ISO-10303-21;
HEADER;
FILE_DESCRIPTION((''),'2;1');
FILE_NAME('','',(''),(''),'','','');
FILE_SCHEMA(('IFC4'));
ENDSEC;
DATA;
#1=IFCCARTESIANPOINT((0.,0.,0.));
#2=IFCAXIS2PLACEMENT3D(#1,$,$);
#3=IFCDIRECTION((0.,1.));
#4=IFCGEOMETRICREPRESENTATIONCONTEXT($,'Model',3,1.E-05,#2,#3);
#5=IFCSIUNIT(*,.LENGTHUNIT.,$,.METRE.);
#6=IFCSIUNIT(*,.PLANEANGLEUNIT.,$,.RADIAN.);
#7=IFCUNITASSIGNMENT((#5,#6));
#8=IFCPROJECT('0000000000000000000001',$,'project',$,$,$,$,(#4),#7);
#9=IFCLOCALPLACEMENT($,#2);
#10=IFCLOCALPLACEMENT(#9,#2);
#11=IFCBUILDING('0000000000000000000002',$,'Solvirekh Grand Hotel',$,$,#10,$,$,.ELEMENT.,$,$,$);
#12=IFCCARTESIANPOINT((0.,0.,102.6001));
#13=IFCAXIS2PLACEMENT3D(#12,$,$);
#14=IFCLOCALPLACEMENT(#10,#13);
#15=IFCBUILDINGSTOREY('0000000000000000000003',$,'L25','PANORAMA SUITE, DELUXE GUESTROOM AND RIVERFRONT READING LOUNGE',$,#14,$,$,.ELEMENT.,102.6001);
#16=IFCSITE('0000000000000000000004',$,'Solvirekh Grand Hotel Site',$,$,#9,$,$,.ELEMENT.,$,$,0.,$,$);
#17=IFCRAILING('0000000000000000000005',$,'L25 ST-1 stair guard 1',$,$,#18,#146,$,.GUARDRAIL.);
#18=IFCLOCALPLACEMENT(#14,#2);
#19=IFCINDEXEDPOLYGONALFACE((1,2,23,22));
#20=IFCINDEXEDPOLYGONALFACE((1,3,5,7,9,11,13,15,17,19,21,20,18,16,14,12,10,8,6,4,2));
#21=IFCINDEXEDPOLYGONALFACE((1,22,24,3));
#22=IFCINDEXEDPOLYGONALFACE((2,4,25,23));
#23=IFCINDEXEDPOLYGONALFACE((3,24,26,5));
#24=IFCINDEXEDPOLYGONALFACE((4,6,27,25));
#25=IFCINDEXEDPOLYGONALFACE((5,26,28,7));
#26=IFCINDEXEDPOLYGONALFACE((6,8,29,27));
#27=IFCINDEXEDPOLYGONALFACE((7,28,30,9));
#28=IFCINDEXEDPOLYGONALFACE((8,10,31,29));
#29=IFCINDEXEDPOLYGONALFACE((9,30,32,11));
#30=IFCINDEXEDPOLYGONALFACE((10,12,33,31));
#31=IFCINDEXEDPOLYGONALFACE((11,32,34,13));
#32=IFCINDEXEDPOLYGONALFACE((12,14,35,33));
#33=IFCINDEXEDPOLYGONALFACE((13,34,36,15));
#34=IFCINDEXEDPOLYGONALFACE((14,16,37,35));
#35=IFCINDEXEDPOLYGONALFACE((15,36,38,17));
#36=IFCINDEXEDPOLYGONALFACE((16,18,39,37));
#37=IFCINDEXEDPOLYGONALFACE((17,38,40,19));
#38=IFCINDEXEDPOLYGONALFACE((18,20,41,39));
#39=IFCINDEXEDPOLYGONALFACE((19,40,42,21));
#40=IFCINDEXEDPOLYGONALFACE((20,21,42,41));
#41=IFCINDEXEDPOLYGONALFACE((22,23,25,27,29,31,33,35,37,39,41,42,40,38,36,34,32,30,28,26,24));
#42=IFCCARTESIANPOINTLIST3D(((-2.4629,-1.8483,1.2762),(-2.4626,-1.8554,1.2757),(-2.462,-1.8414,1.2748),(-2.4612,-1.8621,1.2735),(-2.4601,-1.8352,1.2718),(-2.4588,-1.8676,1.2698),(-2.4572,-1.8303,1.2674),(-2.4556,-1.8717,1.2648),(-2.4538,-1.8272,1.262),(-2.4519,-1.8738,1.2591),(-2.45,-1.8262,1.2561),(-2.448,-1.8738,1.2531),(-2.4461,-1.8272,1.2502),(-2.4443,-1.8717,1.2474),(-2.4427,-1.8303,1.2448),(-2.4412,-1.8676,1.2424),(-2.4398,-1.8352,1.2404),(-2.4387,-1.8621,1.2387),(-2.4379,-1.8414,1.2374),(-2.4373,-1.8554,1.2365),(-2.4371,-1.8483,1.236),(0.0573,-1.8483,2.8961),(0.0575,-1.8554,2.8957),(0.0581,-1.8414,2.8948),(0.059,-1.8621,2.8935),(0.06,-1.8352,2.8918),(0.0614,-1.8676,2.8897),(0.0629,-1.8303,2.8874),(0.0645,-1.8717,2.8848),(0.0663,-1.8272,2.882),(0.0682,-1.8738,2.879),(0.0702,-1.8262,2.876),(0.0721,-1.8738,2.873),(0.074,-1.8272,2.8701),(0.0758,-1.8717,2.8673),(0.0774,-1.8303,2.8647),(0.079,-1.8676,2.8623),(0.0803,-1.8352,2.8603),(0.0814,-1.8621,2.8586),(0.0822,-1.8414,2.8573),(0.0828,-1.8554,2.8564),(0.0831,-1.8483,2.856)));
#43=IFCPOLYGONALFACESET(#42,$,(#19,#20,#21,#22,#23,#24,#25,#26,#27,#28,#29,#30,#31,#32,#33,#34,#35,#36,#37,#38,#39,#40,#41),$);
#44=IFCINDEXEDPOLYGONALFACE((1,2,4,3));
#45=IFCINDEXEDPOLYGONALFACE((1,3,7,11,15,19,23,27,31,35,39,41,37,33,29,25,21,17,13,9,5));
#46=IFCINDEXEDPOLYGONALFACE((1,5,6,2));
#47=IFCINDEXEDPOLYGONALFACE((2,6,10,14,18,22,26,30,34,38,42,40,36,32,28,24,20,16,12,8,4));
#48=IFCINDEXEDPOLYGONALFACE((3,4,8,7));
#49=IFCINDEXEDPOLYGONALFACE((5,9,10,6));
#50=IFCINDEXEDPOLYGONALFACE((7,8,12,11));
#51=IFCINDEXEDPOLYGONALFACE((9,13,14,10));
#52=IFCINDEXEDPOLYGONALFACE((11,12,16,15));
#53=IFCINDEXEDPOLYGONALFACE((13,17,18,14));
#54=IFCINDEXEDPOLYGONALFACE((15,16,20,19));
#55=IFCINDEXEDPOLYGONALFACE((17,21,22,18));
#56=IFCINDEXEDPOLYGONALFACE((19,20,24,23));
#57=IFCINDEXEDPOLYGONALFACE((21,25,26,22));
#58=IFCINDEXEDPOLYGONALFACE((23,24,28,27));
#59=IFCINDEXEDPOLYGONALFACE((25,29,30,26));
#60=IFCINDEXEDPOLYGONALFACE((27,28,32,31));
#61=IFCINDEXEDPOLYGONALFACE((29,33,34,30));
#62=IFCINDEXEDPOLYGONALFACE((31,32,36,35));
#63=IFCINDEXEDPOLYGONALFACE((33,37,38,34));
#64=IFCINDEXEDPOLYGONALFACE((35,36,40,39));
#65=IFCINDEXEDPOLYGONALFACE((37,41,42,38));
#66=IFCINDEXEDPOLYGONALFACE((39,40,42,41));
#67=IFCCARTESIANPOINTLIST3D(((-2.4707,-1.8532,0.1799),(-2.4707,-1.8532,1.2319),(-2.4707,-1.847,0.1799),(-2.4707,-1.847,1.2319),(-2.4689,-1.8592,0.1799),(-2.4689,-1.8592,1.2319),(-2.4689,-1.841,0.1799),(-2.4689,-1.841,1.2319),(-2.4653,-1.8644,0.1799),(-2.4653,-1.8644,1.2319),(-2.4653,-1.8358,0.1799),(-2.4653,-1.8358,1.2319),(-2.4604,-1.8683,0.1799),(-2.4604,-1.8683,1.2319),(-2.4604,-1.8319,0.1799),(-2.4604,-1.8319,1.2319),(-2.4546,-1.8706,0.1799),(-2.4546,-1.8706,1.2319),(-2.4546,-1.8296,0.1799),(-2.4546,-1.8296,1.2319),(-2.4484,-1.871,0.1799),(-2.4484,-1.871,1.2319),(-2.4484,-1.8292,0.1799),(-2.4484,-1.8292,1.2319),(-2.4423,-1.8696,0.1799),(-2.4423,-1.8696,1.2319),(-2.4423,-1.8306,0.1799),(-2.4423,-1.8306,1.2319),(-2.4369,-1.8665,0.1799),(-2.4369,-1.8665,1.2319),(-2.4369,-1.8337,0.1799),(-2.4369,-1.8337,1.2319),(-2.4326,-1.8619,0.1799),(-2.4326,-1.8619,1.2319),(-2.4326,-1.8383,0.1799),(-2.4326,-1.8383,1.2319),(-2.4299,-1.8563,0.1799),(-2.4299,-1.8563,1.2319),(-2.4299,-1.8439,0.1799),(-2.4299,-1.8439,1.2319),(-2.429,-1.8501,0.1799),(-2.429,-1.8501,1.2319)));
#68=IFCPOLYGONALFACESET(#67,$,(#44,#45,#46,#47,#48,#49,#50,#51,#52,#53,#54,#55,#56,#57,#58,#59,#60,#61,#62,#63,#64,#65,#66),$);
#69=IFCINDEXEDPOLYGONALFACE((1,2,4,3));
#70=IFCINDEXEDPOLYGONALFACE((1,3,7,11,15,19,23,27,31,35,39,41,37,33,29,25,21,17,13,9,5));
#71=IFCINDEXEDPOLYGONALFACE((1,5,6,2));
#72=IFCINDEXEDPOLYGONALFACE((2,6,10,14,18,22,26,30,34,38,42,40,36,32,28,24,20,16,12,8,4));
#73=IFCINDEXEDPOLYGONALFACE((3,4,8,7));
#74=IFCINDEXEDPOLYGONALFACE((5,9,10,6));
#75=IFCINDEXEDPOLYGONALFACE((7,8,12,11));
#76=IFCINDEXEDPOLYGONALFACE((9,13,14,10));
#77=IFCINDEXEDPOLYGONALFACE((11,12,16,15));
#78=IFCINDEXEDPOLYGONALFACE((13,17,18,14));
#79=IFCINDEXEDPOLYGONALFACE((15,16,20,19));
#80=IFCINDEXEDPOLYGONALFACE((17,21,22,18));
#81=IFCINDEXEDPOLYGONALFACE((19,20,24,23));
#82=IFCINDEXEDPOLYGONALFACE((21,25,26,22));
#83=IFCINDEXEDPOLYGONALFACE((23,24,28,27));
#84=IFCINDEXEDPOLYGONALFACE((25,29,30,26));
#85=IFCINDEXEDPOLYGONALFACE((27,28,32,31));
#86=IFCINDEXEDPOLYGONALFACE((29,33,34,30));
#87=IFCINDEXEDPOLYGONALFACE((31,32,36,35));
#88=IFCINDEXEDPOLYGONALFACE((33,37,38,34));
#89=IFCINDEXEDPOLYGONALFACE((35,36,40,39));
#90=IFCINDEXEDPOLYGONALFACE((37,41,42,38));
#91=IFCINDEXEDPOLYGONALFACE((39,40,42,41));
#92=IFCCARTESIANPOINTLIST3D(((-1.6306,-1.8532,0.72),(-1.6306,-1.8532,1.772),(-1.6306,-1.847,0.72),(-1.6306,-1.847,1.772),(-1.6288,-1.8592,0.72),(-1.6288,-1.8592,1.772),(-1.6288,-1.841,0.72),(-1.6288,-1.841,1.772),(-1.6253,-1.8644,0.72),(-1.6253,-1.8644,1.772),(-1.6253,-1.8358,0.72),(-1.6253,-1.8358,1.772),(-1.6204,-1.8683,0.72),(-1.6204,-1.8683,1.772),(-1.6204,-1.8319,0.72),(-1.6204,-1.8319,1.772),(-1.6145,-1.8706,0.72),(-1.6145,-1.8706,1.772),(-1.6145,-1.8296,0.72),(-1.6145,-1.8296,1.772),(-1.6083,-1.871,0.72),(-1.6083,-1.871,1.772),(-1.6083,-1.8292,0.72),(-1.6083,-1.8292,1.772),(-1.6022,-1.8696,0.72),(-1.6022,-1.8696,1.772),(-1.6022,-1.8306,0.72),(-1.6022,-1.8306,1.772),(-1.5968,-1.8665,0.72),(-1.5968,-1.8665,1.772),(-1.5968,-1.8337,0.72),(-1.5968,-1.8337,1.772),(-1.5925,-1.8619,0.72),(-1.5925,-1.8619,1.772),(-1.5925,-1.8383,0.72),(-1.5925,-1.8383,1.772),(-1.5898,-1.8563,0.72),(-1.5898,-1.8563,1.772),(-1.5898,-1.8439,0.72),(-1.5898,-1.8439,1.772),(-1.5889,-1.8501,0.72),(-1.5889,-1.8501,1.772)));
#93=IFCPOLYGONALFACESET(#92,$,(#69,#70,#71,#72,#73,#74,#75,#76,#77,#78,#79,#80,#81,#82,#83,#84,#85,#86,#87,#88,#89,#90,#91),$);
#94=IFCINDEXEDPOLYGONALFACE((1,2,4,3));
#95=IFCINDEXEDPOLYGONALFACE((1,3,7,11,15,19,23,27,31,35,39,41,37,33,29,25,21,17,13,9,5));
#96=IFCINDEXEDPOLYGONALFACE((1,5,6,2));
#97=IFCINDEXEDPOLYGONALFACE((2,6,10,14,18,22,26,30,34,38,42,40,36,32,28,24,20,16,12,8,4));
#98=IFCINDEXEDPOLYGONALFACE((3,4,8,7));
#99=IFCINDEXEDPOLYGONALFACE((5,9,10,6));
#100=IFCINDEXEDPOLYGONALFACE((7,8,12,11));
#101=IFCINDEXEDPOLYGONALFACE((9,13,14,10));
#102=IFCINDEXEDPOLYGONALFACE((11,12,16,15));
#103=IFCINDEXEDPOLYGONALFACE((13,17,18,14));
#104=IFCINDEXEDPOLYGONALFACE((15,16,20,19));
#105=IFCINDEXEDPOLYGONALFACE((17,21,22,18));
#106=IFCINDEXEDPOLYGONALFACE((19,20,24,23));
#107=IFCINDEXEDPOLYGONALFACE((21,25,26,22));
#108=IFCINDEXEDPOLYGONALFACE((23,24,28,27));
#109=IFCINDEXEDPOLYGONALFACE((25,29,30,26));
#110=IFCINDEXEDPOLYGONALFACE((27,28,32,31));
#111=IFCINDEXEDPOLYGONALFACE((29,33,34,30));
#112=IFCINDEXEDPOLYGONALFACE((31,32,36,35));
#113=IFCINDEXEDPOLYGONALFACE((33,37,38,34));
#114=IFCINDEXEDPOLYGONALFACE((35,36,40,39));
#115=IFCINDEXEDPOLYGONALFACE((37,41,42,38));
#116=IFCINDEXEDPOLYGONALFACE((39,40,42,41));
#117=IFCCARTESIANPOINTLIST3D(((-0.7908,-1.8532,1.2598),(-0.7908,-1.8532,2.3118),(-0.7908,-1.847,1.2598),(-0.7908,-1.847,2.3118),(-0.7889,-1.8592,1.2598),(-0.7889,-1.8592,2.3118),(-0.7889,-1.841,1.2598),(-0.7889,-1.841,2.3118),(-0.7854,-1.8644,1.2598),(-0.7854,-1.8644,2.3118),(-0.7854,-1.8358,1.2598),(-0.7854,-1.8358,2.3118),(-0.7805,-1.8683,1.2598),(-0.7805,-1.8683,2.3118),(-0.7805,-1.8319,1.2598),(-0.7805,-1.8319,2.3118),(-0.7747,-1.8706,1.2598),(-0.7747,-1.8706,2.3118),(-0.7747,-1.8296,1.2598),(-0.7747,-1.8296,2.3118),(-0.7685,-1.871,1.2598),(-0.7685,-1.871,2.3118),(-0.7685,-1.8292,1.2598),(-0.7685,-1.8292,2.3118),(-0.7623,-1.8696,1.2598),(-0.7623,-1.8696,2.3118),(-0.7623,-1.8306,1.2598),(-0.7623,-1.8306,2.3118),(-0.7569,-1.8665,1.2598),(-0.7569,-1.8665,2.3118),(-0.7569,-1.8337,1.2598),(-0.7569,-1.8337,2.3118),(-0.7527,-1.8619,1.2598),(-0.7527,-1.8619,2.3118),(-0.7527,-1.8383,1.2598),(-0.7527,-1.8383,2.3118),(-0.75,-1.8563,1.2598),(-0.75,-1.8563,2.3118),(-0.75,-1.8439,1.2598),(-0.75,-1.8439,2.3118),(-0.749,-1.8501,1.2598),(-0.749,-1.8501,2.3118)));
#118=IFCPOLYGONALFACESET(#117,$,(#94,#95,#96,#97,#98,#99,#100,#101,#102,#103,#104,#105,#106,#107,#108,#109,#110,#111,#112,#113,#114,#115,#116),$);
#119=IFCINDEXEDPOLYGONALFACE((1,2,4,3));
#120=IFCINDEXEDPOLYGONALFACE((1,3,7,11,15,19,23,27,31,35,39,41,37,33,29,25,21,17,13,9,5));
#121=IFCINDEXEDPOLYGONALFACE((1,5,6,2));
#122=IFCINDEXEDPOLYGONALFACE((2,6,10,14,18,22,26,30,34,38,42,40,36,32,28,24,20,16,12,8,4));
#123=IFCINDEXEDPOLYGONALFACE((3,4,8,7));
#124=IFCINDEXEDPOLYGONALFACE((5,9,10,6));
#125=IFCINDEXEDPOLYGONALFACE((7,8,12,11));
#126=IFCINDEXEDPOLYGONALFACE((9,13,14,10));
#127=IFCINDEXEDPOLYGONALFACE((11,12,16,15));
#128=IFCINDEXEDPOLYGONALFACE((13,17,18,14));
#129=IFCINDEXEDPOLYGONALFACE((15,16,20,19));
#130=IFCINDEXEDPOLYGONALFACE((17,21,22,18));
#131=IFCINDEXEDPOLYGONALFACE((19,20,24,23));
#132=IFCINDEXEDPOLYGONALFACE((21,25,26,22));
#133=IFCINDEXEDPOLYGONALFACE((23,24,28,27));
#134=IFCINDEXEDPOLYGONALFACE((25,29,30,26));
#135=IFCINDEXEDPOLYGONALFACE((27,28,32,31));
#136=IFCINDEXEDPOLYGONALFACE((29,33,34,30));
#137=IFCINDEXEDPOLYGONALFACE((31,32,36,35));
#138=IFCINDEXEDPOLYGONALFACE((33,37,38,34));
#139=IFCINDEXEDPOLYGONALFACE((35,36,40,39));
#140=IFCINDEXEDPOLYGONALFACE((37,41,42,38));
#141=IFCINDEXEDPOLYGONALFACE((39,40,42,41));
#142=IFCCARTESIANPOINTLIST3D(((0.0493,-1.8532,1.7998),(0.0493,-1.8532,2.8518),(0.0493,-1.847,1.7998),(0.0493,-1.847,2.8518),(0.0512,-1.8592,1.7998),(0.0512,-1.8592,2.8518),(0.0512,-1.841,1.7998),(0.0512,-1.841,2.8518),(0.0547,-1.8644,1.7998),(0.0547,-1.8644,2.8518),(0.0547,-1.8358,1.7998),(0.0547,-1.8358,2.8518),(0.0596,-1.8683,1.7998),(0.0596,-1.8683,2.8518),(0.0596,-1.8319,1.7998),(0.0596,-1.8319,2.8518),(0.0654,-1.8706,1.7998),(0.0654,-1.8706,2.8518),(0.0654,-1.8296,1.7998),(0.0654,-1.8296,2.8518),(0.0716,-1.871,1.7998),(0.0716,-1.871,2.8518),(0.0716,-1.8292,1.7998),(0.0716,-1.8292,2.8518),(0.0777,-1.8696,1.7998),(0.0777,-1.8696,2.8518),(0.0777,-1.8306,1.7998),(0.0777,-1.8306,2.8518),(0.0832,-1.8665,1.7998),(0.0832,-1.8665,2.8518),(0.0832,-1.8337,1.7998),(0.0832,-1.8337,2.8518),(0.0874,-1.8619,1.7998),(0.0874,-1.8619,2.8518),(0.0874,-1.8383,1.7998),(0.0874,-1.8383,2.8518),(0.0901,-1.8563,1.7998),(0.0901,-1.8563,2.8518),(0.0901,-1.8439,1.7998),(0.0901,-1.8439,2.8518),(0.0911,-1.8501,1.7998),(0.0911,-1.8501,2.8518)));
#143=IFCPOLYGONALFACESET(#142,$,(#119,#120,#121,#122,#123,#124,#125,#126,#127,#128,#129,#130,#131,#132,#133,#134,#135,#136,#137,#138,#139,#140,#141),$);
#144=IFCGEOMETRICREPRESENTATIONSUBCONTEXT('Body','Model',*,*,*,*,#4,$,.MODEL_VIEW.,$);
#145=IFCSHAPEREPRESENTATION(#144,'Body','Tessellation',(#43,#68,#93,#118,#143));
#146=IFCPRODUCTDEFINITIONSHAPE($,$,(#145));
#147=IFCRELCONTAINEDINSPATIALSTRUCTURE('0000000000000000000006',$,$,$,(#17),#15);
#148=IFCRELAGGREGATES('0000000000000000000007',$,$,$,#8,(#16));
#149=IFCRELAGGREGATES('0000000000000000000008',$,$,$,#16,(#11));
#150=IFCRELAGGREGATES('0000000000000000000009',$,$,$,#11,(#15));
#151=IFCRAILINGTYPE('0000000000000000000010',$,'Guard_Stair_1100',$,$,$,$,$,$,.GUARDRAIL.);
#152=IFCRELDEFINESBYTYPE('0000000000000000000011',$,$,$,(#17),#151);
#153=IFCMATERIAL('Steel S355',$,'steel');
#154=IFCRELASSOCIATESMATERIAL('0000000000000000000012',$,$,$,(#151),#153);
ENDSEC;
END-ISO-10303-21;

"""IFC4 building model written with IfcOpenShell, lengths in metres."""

from ifc_helpers import new_model, si_unit, direction, frame, origin, origin_2d, place, context, subcontext, project, spatial, circle, extrude, material, type_object, element, save


model = new_model("IFC4")

# Units and contexts
model_context = context("Model", 3, precision=1e-05, world=origin(), true_north=direction((0.0, 1.0)))
body_context = subcontext(model_context, "Body", "Model", "MODEL_VIEW")
ifc_project = project(units=[si_unit("LENGTHUNIT", "METRE"), si_unit("PLANEANGLEUNIT", "RADIAN")], contexts=[model_context])

# Site, building, storey
site_placement = place(None, origin())
site = spatial("IfcSite", under=ifc_project, at=site_placement, Name="Solvirekh Grand Hotel Site", CompositionType="ELEMENT", RefElevation=0.0)
building_placement = place(site_placement, origin())
building = spatial("IfcBuilding", under=site, at=building_placement, Name="Solvirekh Grand Hotel", CompositionType="ELEMENT")
storey_placement = place(building_placement, frame((0.0, 0.0, 102.6001)))
storey = spatial("IfcBuildingStorey", under=building, at=storey_placement, Name="L25", Description="PANORAMA SUITE, DELUXE GUESTROOM AND RIVERFRONT READING LOUNGE", CompositionType="ELEMENT", Elevation=102.6001)

# Railing
ifc_material_1 = material(Name="Steel S355", Category="steel")
railing_type_1 = type_object("IfcRailingType", Name="Guard_Stair_1100", PredefinedType="GUARDRAIL", material=ifc_material_1)
railing_1_placement = place(storey_placement, frame((-2.45, -1.8501, 0.1799)))
element("IfcRailing", 1, at=railing_1_placement, inside=storey, type_object=railing_type_1, Name="L25 ST-1 stair guard 1", PredefinedType="GUARDRAIL", context=body_context, shape_type="SweptSolid", body=[
    extrude(circle(Radius=0.0239, at=origin_2d()), frame((0.0, 0.0, 1.0762), z_axis=(0.8412, 0.0, 0.540725), x_axis=(0.0, 1.0, 0.0)), (0.0, 0.0, 1.0), 2.9958),
    extrude(circle(Radius=0.021, at=origin_2d()), origin(), (0.0, 0.0, 1.0), 1.052),
    extrude(circle(Radius=0.021, at=origin_2d()), frame((0.8401, 0.0, 0.54)), (0.0, 0.0, 1.0), 1.052),
    extrude(circle(Radius=0.021, at=origin_2d()), frame((1.6799, 0.0, 1.0798)), (0.0, 0.0, 1.0), 1.052),
    extrude(circle(Radius=0.021, at=origin_2d()), frame((2.52, 0.0, 1.6199)), (0.0, 0.0, 1.0), 1.052),
])

save(model, "model.ifc")
